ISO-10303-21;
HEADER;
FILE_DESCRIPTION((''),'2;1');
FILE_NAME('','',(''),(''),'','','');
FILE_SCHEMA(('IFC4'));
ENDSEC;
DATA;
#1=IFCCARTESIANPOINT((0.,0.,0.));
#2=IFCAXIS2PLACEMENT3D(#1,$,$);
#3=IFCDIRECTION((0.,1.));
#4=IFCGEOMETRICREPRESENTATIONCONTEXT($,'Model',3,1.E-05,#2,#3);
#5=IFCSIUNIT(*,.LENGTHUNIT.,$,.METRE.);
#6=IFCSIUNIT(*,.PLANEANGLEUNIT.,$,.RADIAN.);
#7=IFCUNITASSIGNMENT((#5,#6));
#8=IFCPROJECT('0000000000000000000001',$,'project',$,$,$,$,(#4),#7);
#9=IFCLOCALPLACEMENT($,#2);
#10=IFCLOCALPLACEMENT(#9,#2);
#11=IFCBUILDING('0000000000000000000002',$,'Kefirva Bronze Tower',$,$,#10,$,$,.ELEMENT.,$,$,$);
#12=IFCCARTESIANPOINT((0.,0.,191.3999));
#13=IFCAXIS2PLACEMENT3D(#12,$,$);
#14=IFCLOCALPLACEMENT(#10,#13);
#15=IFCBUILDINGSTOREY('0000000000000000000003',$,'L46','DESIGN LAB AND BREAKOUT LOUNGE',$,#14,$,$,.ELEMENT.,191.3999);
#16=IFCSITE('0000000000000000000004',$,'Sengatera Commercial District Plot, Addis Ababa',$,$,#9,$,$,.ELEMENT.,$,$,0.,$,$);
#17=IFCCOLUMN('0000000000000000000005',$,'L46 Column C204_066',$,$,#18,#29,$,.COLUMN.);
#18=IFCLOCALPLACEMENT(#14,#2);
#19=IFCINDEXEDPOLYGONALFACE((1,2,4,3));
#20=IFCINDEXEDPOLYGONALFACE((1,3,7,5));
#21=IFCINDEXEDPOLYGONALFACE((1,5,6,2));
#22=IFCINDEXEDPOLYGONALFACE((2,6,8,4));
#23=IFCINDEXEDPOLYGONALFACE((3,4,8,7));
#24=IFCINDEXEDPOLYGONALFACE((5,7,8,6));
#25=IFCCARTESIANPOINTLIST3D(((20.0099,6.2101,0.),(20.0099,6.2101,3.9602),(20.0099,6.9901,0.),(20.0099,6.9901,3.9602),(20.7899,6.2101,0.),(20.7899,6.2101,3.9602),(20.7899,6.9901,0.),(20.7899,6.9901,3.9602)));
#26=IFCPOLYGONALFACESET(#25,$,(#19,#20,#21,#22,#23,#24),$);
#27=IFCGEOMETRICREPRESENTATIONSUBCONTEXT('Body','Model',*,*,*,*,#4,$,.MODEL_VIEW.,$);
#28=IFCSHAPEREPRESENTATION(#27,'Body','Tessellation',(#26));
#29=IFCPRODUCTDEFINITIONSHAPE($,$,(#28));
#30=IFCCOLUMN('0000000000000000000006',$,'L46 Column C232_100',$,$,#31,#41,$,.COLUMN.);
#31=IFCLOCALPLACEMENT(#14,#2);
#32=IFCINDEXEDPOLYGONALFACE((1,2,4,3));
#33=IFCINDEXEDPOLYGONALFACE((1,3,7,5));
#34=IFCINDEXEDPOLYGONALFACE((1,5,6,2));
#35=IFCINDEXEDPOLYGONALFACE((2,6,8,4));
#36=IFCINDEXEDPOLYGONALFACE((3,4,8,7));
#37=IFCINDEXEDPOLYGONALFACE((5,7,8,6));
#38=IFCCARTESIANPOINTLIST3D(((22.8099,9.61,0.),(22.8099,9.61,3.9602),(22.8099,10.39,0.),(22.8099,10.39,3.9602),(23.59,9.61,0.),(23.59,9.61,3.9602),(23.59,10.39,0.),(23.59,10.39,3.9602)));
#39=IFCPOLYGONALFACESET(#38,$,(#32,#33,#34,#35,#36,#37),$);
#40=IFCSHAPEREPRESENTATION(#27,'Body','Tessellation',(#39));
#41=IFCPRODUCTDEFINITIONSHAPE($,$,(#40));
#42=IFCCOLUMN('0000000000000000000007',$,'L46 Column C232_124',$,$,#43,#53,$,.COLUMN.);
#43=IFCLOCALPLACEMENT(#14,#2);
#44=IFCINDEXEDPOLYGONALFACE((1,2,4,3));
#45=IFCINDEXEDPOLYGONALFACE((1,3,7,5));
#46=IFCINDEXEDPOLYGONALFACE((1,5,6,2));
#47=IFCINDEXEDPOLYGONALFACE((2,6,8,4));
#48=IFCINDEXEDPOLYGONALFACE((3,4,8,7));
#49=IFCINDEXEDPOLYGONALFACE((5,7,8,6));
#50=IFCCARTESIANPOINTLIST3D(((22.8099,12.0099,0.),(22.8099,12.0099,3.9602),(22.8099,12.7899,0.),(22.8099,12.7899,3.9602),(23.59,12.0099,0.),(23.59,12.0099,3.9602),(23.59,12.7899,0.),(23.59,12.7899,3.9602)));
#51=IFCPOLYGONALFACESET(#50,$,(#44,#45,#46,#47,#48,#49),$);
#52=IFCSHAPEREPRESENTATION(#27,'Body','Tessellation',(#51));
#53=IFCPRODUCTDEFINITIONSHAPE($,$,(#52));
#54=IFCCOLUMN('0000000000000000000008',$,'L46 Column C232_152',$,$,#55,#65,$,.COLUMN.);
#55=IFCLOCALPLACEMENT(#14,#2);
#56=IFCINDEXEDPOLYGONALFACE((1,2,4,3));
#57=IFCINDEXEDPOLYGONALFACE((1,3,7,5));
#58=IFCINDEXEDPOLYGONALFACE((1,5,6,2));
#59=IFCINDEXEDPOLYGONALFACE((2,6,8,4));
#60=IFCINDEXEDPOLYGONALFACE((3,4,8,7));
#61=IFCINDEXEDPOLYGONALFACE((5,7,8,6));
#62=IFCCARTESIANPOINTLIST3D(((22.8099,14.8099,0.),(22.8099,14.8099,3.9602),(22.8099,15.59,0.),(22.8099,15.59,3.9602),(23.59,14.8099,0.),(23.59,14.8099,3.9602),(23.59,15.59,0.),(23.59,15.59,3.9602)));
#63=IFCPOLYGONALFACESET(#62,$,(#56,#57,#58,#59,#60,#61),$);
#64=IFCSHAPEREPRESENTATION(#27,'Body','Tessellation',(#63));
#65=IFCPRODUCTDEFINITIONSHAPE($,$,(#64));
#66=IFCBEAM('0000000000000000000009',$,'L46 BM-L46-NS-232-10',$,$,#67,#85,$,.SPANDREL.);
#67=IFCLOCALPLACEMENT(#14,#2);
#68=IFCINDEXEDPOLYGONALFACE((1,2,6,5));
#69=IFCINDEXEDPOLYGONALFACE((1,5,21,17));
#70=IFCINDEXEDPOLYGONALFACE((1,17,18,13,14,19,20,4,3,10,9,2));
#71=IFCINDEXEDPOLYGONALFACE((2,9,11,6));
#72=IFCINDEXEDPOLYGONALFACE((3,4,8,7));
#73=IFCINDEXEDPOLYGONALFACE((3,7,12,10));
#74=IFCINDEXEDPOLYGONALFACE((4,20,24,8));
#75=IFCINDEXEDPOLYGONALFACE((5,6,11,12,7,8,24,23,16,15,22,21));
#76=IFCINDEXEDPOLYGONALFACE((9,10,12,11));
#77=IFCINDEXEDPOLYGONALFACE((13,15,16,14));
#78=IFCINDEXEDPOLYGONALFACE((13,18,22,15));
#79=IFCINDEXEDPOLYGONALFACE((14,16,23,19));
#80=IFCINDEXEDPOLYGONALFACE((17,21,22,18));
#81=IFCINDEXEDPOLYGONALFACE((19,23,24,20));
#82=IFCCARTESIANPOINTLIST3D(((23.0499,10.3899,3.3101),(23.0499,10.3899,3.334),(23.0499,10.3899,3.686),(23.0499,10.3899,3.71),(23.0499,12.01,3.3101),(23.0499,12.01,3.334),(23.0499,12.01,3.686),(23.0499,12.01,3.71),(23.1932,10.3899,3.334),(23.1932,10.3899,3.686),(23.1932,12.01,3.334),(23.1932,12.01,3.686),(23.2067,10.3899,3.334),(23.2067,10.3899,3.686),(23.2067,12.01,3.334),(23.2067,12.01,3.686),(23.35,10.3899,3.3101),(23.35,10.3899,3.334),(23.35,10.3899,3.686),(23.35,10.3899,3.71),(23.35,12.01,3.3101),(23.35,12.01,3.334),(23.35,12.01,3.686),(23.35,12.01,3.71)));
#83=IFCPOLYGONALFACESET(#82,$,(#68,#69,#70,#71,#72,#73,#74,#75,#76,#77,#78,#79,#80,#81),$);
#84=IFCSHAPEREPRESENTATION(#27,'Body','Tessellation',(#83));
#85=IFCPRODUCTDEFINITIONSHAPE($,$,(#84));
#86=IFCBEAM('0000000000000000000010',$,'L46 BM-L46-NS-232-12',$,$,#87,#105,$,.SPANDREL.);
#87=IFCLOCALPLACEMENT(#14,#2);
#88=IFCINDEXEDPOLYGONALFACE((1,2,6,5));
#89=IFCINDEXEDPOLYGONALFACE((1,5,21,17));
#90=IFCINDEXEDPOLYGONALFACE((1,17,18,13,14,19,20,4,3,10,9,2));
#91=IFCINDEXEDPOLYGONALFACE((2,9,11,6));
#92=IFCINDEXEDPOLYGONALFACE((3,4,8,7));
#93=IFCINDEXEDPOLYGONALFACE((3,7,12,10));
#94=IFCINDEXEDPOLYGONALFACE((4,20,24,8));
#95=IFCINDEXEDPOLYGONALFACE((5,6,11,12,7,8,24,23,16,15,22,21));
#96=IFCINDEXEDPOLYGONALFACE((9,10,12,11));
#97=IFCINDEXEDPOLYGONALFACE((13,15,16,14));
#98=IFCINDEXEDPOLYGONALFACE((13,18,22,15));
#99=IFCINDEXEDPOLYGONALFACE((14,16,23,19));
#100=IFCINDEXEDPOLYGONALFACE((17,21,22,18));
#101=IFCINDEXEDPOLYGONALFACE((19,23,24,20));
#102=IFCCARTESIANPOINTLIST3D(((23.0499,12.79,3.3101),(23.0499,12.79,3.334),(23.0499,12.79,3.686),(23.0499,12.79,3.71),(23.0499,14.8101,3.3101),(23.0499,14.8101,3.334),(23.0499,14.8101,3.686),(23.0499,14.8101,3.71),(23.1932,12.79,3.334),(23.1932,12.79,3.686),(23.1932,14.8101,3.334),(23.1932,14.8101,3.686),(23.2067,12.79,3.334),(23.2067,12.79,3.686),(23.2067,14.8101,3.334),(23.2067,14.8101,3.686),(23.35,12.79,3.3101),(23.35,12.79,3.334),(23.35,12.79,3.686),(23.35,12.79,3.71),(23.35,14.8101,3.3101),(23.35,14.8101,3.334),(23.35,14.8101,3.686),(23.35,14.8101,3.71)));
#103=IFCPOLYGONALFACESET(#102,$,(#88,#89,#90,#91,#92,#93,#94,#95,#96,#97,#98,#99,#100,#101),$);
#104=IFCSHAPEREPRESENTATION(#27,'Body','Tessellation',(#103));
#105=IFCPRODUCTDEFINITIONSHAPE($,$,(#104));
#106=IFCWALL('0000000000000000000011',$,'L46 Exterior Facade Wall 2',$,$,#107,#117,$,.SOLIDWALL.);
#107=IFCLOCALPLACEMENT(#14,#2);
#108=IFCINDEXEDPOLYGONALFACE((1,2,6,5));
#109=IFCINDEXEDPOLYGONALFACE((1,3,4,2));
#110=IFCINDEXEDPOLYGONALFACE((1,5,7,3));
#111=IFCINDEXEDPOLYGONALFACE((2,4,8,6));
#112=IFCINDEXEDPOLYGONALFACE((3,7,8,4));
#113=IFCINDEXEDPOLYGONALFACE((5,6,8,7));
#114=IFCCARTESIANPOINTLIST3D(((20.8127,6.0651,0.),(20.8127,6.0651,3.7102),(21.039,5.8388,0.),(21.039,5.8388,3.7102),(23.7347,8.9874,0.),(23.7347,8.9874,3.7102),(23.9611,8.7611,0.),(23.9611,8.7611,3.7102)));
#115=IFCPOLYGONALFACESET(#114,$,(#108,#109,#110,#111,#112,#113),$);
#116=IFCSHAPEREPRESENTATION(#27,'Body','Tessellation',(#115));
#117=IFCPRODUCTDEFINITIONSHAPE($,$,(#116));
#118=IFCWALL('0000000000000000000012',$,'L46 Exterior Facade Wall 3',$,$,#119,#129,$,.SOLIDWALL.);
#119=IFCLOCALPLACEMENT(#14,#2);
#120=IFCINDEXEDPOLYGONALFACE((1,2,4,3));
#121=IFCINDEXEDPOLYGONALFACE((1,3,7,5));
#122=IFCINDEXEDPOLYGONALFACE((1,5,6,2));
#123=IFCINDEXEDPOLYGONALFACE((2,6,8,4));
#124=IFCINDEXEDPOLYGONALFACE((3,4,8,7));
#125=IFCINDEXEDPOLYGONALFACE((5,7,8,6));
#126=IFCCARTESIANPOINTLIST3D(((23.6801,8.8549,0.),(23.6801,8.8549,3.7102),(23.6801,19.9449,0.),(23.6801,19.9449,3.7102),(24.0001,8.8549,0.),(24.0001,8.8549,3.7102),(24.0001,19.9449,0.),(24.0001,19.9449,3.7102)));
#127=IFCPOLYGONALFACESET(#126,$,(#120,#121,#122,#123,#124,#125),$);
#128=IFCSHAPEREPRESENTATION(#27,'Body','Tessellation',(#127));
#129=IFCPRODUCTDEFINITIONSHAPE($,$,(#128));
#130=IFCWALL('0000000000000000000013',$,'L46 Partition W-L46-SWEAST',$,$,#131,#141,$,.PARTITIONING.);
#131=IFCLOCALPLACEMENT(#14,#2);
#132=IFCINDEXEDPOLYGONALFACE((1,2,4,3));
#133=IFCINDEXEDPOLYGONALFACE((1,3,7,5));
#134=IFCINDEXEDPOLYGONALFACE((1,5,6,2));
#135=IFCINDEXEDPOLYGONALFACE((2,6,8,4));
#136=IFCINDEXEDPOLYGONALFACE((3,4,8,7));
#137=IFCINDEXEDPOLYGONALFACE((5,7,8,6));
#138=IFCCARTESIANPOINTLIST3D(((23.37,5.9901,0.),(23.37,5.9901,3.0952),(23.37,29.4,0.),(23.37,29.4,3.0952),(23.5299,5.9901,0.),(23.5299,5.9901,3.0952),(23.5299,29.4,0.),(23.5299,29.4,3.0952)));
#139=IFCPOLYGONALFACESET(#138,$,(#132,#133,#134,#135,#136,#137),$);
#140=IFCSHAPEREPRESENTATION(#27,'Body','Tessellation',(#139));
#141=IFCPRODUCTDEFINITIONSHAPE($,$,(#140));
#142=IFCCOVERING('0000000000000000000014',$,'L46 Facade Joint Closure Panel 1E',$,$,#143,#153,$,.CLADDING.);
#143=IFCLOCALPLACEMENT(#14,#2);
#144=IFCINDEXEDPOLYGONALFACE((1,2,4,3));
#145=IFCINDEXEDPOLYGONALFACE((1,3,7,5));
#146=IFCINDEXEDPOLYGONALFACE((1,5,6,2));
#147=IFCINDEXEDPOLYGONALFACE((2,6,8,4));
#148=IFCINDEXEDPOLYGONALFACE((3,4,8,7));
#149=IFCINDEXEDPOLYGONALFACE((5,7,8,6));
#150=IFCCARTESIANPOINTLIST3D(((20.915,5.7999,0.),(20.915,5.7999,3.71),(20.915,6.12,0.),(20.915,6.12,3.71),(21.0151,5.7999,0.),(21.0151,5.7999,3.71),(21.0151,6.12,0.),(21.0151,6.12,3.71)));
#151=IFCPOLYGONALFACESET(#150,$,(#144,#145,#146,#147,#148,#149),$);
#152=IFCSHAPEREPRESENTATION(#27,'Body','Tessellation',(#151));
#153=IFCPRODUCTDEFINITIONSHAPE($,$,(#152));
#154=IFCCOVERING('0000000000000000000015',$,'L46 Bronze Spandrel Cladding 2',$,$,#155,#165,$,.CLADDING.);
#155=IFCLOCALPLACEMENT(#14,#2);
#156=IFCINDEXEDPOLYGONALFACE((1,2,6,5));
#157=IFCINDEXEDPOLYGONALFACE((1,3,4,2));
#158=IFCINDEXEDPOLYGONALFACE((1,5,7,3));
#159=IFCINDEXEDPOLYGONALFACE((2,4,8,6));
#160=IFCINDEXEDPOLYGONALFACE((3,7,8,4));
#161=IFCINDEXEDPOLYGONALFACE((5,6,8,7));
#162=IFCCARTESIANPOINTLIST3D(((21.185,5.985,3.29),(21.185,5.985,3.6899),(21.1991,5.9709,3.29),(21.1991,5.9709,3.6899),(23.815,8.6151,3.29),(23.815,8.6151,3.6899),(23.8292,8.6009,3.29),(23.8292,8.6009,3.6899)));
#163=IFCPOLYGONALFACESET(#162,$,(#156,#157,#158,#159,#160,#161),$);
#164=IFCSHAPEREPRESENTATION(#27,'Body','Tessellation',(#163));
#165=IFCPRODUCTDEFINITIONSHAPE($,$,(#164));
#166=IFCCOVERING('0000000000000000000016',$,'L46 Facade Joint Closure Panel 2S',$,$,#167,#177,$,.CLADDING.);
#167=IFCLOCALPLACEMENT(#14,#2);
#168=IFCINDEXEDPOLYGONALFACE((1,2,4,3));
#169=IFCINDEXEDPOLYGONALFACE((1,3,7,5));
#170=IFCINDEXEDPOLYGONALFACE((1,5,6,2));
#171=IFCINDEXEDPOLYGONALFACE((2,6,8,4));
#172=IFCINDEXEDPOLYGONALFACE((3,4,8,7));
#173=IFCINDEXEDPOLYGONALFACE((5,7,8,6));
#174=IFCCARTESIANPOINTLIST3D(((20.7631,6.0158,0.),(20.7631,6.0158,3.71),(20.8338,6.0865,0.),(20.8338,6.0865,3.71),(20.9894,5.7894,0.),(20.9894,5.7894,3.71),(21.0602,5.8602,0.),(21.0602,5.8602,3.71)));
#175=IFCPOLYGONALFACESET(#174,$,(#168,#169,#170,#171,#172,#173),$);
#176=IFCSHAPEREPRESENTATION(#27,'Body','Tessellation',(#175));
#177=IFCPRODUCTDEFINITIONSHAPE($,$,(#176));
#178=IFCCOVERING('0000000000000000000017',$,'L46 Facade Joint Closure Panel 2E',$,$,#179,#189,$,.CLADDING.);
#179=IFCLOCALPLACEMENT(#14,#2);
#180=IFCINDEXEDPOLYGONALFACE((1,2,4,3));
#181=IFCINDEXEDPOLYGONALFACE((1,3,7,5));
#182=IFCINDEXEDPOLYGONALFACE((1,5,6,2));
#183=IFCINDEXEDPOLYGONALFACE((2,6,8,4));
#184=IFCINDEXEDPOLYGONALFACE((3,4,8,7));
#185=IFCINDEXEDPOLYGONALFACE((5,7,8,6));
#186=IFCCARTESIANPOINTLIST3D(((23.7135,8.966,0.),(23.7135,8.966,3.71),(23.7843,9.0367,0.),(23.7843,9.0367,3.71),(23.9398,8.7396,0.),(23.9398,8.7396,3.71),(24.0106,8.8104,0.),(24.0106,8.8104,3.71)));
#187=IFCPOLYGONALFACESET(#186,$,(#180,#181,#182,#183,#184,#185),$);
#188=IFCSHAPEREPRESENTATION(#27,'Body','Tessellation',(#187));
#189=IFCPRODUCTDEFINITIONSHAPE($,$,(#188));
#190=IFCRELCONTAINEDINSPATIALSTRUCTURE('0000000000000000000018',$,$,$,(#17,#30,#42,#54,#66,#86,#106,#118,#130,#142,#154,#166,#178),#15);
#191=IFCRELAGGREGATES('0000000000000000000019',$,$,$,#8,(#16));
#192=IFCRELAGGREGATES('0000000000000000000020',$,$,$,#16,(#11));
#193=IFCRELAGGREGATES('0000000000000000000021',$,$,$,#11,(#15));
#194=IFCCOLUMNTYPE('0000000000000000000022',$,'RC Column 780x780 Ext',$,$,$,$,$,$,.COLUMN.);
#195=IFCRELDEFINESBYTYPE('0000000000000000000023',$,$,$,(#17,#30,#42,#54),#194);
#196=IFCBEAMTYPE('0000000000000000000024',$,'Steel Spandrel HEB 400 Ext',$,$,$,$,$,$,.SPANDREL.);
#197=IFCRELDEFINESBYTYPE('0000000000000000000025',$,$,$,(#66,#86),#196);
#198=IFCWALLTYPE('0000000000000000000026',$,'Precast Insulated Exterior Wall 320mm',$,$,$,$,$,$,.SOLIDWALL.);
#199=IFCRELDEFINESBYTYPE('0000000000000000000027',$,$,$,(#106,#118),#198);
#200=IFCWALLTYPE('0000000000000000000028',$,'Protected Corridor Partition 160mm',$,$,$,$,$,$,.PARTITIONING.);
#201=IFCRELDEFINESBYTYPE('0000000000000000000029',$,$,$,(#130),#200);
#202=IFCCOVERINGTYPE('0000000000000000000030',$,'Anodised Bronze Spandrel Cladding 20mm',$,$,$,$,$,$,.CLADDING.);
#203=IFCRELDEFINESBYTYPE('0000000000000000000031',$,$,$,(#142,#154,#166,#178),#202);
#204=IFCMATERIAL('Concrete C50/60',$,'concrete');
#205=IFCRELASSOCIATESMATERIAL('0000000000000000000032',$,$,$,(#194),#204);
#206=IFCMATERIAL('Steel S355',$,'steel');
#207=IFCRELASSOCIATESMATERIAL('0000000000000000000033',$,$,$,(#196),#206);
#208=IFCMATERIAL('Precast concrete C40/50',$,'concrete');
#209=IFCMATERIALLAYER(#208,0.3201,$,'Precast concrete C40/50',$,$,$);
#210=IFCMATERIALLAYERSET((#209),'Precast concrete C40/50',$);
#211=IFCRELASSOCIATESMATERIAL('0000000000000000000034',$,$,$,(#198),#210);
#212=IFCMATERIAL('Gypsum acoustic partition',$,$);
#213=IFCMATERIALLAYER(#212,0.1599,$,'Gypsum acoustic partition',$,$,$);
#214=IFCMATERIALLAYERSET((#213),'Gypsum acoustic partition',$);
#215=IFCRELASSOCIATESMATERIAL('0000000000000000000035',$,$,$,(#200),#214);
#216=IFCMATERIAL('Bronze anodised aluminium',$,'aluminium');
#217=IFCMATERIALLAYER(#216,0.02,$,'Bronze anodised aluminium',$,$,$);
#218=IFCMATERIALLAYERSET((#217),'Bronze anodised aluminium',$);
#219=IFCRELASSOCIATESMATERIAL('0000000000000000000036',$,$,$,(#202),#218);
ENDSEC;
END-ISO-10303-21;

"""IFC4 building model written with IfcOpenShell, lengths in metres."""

from ifc_helpers import new_model, si_unit, direction, frame, frame_2d, origin, origin_2d, place, context, subcontext, project, spatial, rectangle, i_section, extrude, material, layer, layer_set, material_profile, profile_set, type_object, element, save


model = new_model("IFC4")

# Units and contexts
model_context = context("Model", 3, precision=1e-05, world=origin(), true_north=direction((0.0, 1.0)))
body_context = subcontext(model_context, "Body", "Model", "MODEL_VIEW")
ifc_project = project(units=[si_unit("LENGTHUNIT", "METRE"), si_unit("PLANEANGLEUNIT", "RADIAN")], contexts=[model_context])

# Site, building, storey
site_placement = place(None, origin())
site = spatial("IfcSite", under=ifc_project, at=site_placement, Name="Sengatera Commercial District Plot, Addis Ababa", CompositionType="ELEMENT", RefElevation=0.0)
building_placement = place(site_placement, origin())
building = spatial("IfcBuilding", under=site, at=building_placement, Name="Kefirva Bronze Tower", CompositionType="ELEMENT")
storey_placement = place(building_placement, frame((0.0, 0.0, 191.3999)))
storey = spatial("IfcBuildingStorey", under=building, at=storey_placement, Name="L46", Description="DESIGN LAB AND BREAKOUT LOUNGE", CompositionType="ELEMENT", Elevation=191.3999)

# Columns
ifc_material_1 = material(Name="Concrete C50/60", Category="concrete")
ifc_material_profile_1 = material_profile(ifc_material_1, rectangle(XDim=0.78, YDim=0.78, at=origin_2d()), Name="RC 780x780")
ifc_profile_set_1 = profile_set([ifc_material_profile_1], Name="Concrete C50/60")
column_type = type_object("IfcColumnType", Name="RC Column 780x780 Ext", PredefinedType="COLUMN", material=ifc_profile_set_1)
for number, where, z_axis, x_axis, name in (
    (1, (20.3999, 6.6001, 0.0), (0.0, 0.0, 1.0), (1.0, 0.0, 0.0), "L46 Column C204_066"),
    (2, (23.2, 10.0, 0.0), (0.0, 0.0, 1.0), (1.0, 0.0, 0.0), "L46 Column C232_100"),
    (3, (23.2, 12.3999, 0.0), (0.0, 0.0, 1.0), (1.0, 0.0, 0.0), "L46 Column C232_124"),
    (4, (23.2, 15.2, 0.0), (0.0, 0.0, 1.0), (1.0, 0.0, 0.0), "L46 Column C232_152"),
):
    element("IfcColumn", number, at=place(storey_placement, frame(where, z_axis=z_axis, x_axis=x_axis)), inside=storey, type_object=column_type, Name=name, PredefinedType="COLUMN", context=body_context, shape_type="SweptSolid", body=[
        extrude(rectangle(XDim=0.78, YDim=0.78, at=origin_2d()), origin(), (0.0, 0.0, 1.0), 3.9602),
    ])

# Beams
ifc_material_2 = material(Name="Steel S355", Category="steel")
ifc_material_profile_2 = material_profile(ifc_material_2, i_section(OverallWidth=0.3, OverallDepth=0.3999, WebThickness=0.0134, FlangeThickness=0.0239, at=origin_2d()), Name="HEB 400")
ifc_profile_set_2 = profile_set([ifc_material_profile_2], Name="Steel S355")
beam_type = type_object("IfcBeamType", Name="Steel Spandrel HEB 400 Ext", PredefinedType="SPANDREL", material=ifc_profile_set_2)
beam_1_placement = place(storey_placement, frame((23.2, 10.3899, 3.51), z_axis=(0.0, 1.0, 0.0), x_axis=(-1.0, 0.0, 0.0)))
element("IfcBeam", 5, at=beam_1_placement, inside=storey, type_object=beam_type, Name="L46 BM-L46-NS-232-10", PredefinedType="SPANDREL", context=body_context, shape_type="SweptSolid", body=[
    extrude(i_section(OverallWidth=0.3, OverallDepth=0.3999, WebThickness=0.0134, FlangeThickness=0.0239, at=origin_2d()), origin(), (0.0, 0.0, 1.0), 1.6201),
])
beam_2_placement = place(storey_placement, frame((23.2, 12.79, 3.51), z_axis=(0.0, 1.0, 0.0), x_axis=(-1.0, 0.0, 0.0)))
element("IfcBeam", 6, at=beam_2_placement, inside=storey, type_object=beam_type, Name="L46 BM-L46-NS-232-12", PredefinedType="SPANDREL", context=body_context, shape_type="SweptSolid", body=[
    extrude(i_section(OverallWidth=0.3, OverallDepth=0.3999, WebThickness=0.0134, FlangeThickness=0.0239, at=origin_2d()), origin(), (0.0, 0.0, 1.0), 2.02),
])

# Walls
ifc_material_3 = material(Name="Precast concrete C40/50", Category="concrete")
ifc_layer_1 = layer(ifc_material_3, 0.3201, Name="Precast concrete C40/50")
ifc_layer_set_1 = layer_set([ifc_layer_1], Name="Precast concrete C40/50")
wall_type_1 = type_object("IfcWallType", Name="Precast Insulated Exterior Wall 320mm", PredefinedType="SOLIDWALL", material=ifc_layer_set_1)
wall_1_placement = place(storey_placement, frame((20.9258, 5.9519, 0.0), z_axis=(0.0, 0.0, 1.0), x_axis=(0.707077, 0.707136, 0.0)))
element("IfcWall", 7, at=wall_1_placement, inside=storey, type_object=wall_type_1, Name="L46 Exterior Facade Wall 2", PredefinedType="SOLIDWALL", context=body_context, shape_type="SweptSolid", body=[
    extrude(rectangle(XDim=4.1326, YDim=0.3201, at=frame_2d((2.0664, 0.0))), origin(), (0.0, 0.0, 1.0), 3.7102),
])
wall_2_placement = place(storey_placement, frame((23.8401, 8.855, 0.0), z_axis=(0.0, 0.0, 1.0), x_axis=(0.0, 1.0, 0.0)))
element("IfcWall", 8, at=wall_2_placement, inside=storey, type_object=wall_type_1, Name="L46 Exterior Facade Wall 3", PredefinedType="SOLIDWALL", context=body_context, shape_type="SweptSolid", body=[
    extrude(rectangle(XDim=11.0901, YDim=0.3201, at=frame_2d((5.5449, 0.0))), origin(), (0.0, 0.0, 1.0), 3.7102),
])
ifc_material_4 = material(Name="Gypsum acoustic partition")
ifc_layer_2 = layer(ifc_material_4, 0.1599, Name="Gypsum acoustic partition")
ifc_layer_set_2 = layer_set([ifc_layer_2], Name="Gypsum acoustic partition")
wall_type_2 = type_object("IfcWallType", Name="Protected Corridor Partition 160mm", PredefinedType="PARTITIONING", material=ifc_layer_set_2)
wall_3_placement = place(storey_placement, frame((23.45, 5.99, 0.0), z_axis=(0.0, 0.0, 1.0), x_axis=(0.0, 1.0, 0.0)))
element("IfcWall", 9, at=wall_3_placement, inside=storey, type_object=wall_type_2, Name="L46 Partition W-L46-SWEAST", PredefinedType="PARTITIONING", context=body_context, shape_type="SweptSolid", body=[
    extrude(rectangle(XDim=23.4099, YDim=0.1599, at=frame_2d((11.7051, 0.0))), origin(), (0.0, 0.0, 1.0), 3.0952),
])

# Coverings
ifc_material_5 = material(Name="Bronze anodised aluminium", Category="aluminium")
ifc_layer_3 = layer(ifc_material_5, 0.02, Name="Bronze anodised aluminium")
ifc_layer_set_3 = layer_set([ifc_layer_3], Name="Bronze anodised aluminium")
covering_type_1 = type_object("IfcCoveringType", Name="Anodised Bronze Spandrel Cladding 20mm", PredefinedType="CLADDING", material=ifc_layer_set_3)
covering_1_placement = place(storey_placement, frame((20.9651, 5.96, 0.0), z_axis=(0.0, 0.0, 1.0), x_axis=(1.0, 0.0, 0.0)))
element("IfcCovering", 10, at=covering_1_placement, inside=storey, type_object=covering_type_1, Name="L46 Facade Joint Closure Panel 1E", PredefinedType="CLADDING", context=body_context, shape_type="SweptSolid", body=[
    extrude(rectangle(XDim=0.1001, YDim=0.3201, at=origin_2d()), origin(), (0.0, 0.0, 1.0), 3.71),
])
covering_2_placement = place(storey_placement, frame((22.5071, 7.293, 3.29), z_axis=(0.0, 0.0, 1.0), x_axis=(0.707107, 0.707107, 0.0)))
element("IfcCovering", 11, at=covering_2_placement, inside=storey, type_object=covering_type_1, Name="L46 Bronze Spandrel Cladding 2", PredefinedType="CLADDING", context=body_context, shape_type="SweptSolid", body=[
    extrude(rectangle(XDim=3.7195, YDim=0.02, at=origin_2d()), origin(), (0.0, 0.0, 1.0), 0.3999),
])
for number, where, z_axis, x_axis, name in (
    (12, (20.9116, 5.938, 0.0), (0.0, 0.0, 1.0), (0.707107, 0.707107, 0.0), "L46 Facade Joint Closure Panel 2S"),
    (13, (23.8621, 8.8882, 0.0), (0.0, 0.0, 1.0), (0.707107, 0.707107, 0.0), "L46 Facade Joint Closure Panel 2E"),
):
    element("IfcCovering", number, at=place(storey_placement, frame(where, z_axis=z_axis, x_axis=x_axis)), inside=storey, type_object=covering_type_1, Name=name, PredefinedType="CLADDING", context=body_context, shape_type="SweptSolid", body=[
        extrude(rectangle(XDim=0.1001, YDim=0.3201, at=origin_2d()), origin(), (0.0, 0.0, 1.0), 3.71),
    ])

save(model, "model.ifc")
